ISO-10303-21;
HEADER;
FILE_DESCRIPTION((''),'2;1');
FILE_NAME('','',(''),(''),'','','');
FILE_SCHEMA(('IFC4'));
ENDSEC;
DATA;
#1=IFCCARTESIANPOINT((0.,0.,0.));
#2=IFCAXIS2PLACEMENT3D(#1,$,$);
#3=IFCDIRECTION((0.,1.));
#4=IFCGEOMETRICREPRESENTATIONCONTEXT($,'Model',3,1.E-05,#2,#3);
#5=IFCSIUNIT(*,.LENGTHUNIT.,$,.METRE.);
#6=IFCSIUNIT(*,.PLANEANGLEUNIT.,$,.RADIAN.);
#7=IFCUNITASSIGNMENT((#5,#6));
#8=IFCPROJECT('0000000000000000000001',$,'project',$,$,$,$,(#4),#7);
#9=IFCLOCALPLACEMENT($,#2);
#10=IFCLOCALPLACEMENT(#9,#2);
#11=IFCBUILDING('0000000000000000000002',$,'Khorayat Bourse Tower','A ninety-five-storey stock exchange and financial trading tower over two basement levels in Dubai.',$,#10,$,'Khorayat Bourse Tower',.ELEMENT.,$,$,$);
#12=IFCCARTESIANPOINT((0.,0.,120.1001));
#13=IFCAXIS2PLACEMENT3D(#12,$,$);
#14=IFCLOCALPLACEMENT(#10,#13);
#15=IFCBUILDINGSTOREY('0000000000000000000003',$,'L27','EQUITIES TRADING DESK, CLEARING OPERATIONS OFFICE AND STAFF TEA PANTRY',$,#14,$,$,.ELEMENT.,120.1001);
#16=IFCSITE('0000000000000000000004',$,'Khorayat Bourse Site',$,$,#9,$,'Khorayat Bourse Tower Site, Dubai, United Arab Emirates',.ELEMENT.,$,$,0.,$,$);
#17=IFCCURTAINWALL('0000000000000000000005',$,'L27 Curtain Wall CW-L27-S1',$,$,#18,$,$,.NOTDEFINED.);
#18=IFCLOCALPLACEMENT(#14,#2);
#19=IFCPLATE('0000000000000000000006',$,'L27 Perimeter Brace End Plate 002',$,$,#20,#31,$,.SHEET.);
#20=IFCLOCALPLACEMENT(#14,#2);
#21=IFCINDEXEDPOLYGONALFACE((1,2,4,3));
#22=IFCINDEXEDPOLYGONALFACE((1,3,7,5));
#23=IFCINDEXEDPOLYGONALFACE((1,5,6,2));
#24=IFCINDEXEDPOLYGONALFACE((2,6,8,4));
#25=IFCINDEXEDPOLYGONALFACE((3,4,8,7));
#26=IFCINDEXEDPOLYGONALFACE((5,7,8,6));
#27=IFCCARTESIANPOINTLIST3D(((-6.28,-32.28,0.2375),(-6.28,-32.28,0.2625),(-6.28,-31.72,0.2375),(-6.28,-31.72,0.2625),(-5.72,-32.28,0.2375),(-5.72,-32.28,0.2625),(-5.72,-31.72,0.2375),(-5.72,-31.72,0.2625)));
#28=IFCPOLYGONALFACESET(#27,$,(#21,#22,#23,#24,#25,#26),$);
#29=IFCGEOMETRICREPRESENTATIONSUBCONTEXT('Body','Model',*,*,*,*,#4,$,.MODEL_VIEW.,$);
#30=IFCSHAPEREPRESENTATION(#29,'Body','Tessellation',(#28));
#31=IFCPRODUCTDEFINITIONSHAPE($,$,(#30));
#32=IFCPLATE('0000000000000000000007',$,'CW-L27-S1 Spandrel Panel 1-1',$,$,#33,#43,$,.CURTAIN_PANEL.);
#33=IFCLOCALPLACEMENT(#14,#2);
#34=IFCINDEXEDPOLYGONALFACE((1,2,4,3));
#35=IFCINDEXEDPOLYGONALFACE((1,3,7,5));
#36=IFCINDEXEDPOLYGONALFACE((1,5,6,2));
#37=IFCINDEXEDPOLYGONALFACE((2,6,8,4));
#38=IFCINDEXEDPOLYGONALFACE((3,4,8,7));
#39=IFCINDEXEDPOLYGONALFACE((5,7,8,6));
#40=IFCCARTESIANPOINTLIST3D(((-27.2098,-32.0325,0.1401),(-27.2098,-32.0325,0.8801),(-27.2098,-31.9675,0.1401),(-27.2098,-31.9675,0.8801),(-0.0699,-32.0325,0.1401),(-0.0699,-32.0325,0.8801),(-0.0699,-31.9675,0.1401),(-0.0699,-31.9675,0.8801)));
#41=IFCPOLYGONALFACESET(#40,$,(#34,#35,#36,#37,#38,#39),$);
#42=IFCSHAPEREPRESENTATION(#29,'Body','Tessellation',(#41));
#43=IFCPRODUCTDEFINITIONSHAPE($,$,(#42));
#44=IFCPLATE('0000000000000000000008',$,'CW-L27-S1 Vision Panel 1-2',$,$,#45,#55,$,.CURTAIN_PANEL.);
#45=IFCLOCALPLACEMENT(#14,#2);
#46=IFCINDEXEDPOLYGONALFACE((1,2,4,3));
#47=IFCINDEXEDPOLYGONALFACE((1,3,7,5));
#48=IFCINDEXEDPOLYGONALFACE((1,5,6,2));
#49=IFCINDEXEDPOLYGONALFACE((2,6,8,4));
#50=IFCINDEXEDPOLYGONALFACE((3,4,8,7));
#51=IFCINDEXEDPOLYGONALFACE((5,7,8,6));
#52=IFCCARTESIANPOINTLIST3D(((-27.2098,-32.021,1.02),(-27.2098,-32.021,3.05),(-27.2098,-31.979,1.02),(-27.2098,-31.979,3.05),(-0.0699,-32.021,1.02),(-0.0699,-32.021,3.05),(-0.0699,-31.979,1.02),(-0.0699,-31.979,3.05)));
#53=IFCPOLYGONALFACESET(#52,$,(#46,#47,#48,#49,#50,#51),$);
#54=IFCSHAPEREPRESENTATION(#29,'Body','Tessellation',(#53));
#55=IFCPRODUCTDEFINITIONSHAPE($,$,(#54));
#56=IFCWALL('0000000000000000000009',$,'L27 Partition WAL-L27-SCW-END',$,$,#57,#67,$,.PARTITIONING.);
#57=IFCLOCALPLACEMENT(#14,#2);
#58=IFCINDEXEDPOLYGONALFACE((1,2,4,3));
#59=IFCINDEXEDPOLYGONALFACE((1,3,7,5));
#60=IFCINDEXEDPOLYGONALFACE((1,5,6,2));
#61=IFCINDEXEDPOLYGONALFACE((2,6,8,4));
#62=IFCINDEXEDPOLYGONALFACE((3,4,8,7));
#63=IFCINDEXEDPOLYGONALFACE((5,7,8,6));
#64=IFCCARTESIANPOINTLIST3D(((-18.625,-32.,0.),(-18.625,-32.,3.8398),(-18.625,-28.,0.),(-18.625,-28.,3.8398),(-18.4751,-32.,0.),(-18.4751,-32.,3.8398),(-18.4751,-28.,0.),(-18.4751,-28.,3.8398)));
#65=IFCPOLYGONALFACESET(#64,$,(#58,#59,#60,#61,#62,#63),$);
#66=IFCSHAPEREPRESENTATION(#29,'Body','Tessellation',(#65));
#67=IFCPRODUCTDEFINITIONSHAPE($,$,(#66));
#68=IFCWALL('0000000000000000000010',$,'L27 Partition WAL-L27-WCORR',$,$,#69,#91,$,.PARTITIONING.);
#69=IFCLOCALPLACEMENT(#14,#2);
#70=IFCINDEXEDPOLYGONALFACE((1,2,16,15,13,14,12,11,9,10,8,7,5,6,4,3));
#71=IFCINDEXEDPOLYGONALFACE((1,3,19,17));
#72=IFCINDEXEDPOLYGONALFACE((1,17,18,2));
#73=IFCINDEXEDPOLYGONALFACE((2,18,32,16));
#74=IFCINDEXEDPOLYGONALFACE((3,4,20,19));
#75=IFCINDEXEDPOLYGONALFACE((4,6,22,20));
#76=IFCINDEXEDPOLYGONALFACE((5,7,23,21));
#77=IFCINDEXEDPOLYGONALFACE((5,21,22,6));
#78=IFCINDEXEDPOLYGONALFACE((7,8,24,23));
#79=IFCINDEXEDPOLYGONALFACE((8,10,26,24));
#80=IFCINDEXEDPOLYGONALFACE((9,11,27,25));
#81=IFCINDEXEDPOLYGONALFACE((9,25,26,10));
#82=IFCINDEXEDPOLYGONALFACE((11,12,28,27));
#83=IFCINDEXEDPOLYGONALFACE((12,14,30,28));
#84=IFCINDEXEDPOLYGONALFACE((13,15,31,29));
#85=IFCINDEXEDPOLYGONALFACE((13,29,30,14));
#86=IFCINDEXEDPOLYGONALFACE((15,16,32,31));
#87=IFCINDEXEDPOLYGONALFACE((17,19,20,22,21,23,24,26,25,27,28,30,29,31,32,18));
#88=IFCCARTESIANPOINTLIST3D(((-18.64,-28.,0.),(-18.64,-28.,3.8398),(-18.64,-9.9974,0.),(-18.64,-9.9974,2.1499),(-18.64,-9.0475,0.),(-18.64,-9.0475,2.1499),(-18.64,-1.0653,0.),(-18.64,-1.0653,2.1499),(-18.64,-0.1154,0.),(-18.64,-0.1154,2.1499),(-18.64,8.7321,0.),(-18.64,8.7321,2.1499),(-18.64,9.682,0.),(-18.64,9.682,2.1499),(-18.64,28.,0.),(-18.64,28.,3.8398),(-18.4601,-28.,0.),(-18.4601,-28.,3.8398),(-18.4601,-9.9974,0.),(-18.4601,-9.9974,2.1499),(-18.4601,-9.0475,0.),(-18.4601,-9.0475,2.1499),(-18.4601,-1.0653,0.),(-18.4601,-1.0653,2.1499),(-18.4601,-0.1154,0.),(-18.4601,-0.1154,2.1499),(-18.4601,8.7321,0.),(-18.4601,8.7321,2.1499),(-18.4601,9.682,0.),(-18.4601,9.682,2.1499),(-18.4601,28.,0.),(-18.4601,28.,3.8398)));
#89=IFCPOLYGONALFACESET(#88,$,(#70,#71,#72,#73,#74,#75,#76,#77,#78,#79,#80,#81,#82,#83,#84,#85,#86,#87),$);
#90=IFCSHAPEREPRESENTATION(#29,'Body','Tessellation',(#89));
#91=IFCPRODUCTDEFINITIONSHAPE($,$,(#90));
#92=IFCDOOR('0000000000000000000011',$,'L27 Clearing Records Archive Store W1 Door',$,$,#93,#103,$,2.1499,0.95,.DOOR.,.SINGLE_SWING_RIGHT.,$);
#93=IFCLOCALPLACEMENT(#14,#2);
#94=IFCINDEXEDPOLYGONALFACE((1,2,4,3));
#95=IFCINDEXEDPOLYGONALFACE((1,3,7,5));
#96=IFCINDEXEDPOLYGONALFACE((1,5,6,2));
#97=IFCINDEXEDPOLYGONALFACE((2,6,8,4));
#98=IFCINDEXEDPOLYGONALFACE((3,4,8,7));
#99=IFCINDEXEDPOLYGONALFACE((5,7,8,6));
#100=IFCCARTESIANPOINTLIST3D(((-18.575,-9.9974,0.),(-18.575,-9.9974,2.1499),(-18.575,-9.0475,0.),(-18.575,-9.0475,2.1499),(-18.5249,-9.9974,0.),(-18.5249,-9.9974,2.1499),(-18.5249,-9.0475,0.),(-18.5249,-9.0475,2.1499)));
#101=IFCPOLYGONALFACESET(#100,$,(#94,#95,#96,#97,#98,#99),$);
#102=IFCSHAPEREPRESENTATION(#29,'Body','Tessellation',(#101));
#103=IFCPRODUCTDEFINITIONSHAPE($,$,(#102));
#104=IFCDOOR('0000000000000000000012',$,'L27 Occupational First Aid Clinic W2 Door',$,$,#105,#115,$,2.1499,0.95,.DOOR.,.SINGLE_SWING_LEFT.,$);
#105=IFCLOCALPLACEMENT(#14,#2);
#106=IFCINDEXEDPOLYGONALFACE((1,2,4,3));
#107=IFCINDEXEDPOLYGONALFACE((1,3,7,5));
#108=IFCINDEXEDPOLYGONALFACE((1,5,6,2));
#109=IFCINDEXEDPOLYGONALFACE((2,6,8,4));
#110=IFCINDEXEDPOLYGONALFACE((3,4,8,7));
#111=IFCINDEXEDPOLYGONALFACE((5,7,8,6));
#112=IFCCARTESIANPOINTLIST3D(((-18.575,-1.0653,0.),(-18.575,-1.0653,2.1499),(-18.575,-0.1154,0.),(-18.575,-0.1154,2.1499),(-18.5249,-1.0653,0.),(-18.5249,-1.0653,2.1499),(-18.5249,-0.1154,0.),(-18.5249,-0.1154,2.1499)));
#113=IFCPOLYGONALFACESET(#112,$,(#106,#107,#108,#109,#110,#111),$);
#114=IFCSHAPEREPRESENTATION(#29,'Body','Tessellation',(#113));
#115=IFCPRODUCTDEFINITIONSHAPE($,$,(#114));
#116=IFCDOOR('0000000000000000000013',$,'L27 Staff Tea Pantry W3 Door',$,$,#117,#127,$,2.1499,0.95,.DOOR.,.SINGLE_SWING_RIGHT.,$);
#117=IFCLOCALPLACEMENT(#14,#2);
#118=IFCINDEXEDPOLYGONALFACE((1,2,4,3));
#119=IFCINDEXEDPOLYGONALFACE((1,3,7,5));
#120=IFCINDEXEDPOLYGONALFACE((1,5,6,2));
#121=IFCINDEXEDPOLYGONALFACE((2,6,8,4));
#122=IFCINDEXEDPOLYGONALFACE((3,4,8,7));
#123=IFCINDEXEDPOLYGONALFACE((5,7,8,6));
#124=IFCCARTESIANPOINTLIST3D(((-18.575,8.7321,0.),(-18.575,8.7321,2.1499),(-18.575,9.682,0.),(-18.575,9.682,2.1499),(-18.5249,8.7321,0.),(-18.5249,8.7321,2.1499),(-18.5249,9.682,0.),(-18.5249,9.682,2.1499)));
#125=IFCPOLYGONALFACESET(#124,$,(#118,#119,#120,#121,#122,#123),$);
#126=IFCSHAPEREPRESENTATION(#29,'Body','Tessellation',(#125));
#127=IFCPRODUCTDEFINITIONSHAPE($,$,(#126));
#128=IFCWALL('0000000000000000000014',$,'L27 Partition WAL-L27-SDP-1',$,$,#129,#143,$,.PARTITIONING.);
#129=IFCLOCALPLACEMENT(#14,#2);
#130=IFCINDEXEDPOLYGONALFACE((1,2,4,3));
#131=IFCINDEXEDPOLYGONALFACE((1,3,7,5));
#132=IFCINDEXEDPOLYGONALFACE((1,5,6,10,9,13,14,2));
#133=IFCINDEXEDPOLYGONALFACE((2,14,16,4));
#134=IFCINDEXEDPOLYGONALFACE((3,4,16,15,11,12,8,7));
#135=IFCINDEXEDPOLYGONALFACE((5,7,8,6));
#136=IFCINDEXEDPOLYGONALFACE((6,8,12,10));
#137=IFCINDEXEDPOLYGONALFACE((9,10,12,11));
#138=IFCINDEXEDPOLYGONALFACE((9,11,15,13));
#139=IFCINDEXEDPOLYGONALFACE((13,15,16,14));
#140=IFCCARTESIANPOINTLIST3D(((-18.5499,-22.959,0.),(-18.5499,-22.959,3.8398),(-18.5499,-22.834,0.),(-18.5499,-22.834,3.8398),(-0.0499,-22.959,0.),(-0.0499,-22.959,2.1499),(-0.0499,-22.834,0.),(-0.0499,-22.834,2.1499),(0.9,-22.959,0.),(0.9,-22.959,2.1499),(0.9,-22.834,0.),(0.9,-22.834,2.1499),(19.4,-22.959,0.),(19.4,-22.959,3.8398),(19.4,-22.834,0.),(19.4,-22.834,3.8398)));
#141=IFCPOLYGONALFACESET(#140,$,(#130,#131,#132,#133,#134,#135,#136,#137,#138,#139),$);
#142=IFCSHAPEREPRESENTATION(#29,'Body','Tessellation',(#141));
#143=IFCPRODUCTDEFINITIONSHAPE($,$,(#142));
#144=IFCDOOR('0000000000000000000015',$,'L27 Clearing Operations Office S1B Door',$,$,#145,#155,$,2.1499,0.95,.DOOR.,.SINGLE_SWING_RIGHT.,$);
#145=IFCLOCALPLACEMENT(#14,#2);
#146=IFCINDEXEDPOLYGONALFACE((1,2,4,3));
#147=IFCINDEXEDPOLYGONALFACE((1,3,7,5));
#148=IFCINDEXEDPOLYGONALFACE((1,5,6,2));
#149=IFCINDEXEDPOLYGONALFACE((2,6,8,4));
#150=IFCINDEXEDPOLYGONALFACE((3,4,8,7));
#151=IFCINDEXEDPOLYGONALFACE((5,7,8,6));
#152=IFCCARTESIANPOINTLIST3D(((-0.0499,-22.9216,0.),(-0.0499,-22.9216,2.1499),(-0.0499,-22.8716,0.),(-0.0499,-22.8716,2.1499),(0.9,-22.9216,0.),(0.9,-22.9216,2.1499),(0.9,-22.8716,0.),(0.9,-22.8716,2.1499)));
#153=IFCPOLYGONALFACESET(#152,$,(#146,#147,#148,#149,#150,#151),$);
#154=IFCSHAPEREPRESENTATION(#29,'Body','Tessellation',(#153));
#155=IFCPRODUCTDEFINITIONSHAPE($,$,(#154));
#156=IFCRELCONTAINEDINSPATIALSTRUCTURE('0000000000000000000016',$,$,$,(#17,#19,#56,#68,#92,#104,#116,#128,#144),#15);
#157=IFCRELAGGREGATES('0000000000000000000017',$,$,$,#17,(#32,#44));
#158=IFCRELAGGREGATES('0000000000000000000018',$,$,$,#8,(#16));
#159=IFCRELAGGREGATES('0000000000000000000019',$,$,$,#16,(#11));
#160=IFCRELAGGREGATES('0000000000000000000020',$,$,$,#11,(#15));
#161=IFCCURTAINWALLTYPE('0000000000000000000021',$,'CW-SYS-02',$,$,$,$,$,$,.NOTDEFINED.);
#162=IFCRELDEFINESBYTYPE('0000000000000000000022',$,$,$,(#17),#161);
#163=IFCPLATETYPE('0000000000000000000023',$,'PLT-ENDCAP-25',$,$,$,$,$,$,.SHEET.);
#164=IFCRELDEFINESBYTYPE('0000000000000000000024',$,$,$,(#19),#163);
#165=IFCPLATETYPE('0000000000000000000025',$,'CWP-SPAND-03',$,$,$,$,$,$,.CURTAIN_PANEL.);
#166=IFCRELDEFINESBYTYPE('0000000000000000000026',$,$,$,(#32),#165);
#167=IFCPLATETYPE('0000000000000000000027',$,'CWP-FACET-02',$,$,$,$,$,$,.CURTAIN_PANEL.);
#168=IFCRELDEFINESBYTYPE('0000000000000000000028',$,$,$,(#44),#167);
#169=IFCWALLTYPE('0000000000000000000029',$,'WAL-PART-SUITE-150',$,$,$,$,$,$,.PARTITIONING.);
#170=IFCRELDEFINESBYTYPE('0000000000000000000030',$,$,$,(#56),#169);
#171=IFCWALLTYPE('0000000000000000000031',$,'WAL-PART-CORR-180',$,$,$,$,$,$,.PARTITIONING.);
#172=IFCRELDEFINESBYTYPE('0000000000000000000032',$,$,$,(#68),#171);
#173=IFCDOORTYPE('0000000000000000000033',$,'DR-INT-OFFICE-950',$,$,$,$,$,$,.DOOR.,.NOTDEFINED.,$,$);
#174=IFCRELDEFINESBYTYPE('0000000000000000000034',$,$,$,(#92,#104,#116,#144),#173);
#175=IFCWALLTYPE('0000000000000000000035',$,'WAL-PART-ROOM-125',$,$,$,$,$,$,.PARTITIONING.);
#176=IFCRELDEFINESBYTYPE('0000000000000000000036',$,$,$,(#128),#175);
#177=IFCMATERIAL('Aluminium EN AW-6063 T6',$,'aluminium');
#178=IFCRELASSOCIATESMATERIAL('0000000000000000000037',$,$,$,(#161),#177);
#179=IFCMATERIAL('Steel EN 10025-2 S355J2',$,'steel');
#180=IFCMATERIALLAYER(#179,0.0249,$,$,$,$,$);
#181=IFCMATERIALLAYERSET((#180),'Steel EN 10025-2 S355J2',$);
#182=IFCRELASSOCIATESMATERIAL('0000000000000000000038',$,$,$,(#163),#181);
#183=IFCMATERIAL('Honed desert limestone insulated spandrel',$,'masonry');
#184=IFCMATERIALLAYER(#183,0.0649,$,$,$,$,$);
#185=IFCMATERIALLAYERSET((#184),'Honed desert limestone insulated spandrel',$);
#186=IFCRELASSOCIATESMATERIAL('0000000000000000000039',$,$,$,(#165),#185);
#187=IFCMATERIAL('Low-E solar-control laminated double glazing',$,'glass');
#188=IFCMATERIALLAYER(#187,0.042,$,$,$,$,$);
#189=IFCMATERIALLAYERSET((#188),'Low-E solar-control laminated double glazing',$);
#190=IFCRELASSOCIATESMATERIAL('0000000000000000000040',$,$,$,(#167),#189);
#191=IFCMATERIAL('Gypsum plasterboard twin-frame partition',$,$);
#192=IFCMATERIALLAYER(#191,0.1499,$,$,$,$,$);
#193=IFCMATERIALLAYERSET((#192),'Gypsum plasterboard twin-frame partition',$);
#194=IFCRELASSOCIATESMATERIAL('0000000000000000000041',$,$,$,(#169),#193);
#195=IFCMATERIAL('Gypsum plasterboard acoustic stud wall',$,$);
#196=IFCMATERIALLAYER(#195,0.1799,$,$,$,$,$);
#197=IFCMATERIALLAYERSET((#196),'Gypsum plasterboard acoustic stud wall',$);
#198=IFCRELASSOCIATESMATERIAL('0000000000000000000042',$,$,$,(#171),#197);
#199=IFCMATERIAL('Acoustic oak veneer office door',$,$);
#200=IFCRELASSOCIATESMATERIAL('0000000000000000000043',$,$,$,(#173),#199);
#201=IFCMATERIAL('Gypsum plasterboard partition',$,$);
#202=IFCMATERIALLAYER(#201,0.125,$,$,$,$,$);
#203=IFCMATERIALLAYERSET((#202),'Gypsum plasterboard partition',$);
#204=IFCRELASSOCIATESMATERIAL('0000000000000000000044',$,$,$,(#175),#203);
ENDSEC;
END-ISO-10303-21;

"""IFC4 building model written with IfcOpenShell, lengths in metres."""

from ifc_helpers import new_model, si_unit, direction, frame, frame_2d, origin, origin_2d, place, context, subcontext, project, spatial, rectangle, extrude, source, transform, mapped, material, layer, layer_set, type_object, element, fill, aggregate, save


model = new_model("IFC4")

# Units and contexts
model_context = context("Model", 3, precision=1e-05, world=origin(), true_north=direction((0.0, 1.0)))
body_context = subcontext(model_context, "Body", "Model", "MODEL_VIEW")
ifc_project = project(units=[si_unit("LENGTHUNIT", "METRE"), si_unit("PLANEANGLEUNIT", "RADIAN")], contexts=[model_context])

# Site, building, storey
site_placement = place(None, origin())
site = spatial("IfcSite", under=ifc_project, at=site_placement, Name="Khorayat Bourse Site", LongName="Khorayat Bourse Tower Site, Dubai, United Arab Emirates", CompositionType="ELEMENT", RefElevation=0.0)
building_placement = place(site_placement, origin())
building = spatial("IfcBuilding", under=site, at=building_placement, Name="Khorayat Bourse Tower", Description="A ninety-five-storey stock exchange and financial trading tower over two basement levels in Dubai.", LongName="Khorayat Bourse Tower", CompositionType="ELEMENT")
storey_placement = place(building_placement, frame((0.0, 0.0, 120.1001)))
storey = spatial("IfcBuildingStorey", under=building, at=storey_placement, Name="L27", Description="EQUITIES TRADING DESK, CLEARING OPERATIONS OFFICE AND STAFF TEA PANTRY", CompositionType="ELEMENT", Elevation=120.1001)

# Curtain wall
ifc_material_1 = material(Name="Aluminium EN AW-6063 T6", Category="aluminium")
curtain_wall_type = type_object("IfcCurtainWallType", Name="CW-SYS-02", PredefinedType="NOTDEFINED", material=ifc_material_1)
curtain_wall_placement = place(storey_placement, origin())
curtain_wall = element("IfcCurtainWall", 1, at=curtain_wall_placement, inside=storey, type_object=curtain_wall_type, Name="L27 Curtain Wall CW-L27-S1", PredefinedType="NOTDEFINED")

# Plate
ifc_material_2 = material(Name="Steel EN 10025-2 S355J2", Category="steel")
ifc_layer_1 = layer(ifc_material_2, 0.0249)
ifc_layer_set_1 = layer_set([ifc_layer_1], Name="Steel EN 10025-2 S355J2")
plate_type_1 = type_object("IfcPlateType", Name="PLT-ENDCAP-25", PredefinedType="SHEET", material=ifc_layer_set_1)
shared_shape_1 = source(origin(), body_context, "Body", "SweptSolid", [
    extrude(rectangle(XDim=0.5601, YDim=0.5601, at=origin_2d()), origin(), (0.0, 0.0, 1.0), 0.0249),
])
for number, where, z_axis, x_axis, name in (
    (2, (-6.0, -32.0, 0.2375), (0.0, 0.0, 1.0), (1.0, 0.0, 0.0), "L27 Perimeter Brace End Plate 002"),
):
    element("IfcPlate", number, at=place(storey_placement, frame(where, z_axis=z_axis, x_axis=x_axis)), inside=storey, type_object=plate_type_1, Name=name, PredefinedType="SHEET", context=body_context, shape_type="MappedRepresentation", body=[
        mapped(shared_shape_1, transform((0.0, 0.0, 0.0), scale=1.0)),
    ])

# Plates
ifc_material_3 = material(Name="Honed desert limestone insulated spandrel", Category="masonry")
ifc_layer_2 = layer(ifc_material_3, 0.0649)
ifc_layer_set_2 = layer_set([ifc_layer_2], Name="Honed desert limestone insulated spandrel")
plate_type_2 = type_object("IfcPlateType", Name="CWP-SPAND-03", PredefinedType="CURTAIN_PANEL", material=ifc_layer_set_2)
shared_shape_2 = source(origin(), body_context, "Body", "SweptSolid", [
    extrude(rectangle(XDim=27.1399, YDim=0.0649, at=origin_2d()), origin(), (0.0, 0.0, 1.0), 0.74),
])
plate_1_placement = place(storey_placement, frame((-13.6399, -32.0, 0.1401), z_axis=(0.0, 0.0, 1.0), x_axis=(1.0, 0.0, 0.0)))
plate_1 = element("IfcPlate", 3, at=plate_1_placement, type_object=plate_type_2, Name="CW-L27-S1 Spandrel Panel 1-1", PredefinedType="CURTAIN_PANEL", context=body_context, shape_type="MappedRepresentation", body=[
    mapped(shared_shape_2, transform((0.0, 0.0, 0.0), scale=1.0)),
])
ifc_material_4 = material(Name="Low-E solar-control laminated double glazing", Category="glass")
ifc_layer_3 = layer(ifc_material_4, 0.042)
ifc_layer_set_3 = layer_set([ifc_layer_3], Name="Low-E solar-control laminated double glazing")
plate_type_3 = type_object("IfcPlateType", Name="CWP-FACET-02", PredefinedType="CURTAIN_PANEL", material=ifc_layer_set_3)
shared_shape_3 = source(origin(), body_context, "Body", "SweptSolid", [
    extrude(rectangle(XDim=27.1399, YDim=0.042, at=origin_2d()), origin(), (0.0, 0.0, 1.0), 2.03),
])
plate_2_placement = place(storey_placement, frame((-13.6399, -32.0, 1.02), z_axis=(0.0, 0.0, 1.0), x_axis=(1.0, 0.0, 0.0)))
plate_2 = element("IfcPlate", 4, at=plate_2_placement, type_object=plate_type_3, Name="CW-L27-S1 Vision Panel 1-2", PredefinedType="CURTAIN_PANEL", context=body_context, shape_type="MappedRepresentation", body=[
    mapped(shared_shape_3, transform((0.0, 0.0, 0.0), scale=1.0)),
])
aggregate(curtain_wall, [plate_1, plate_2])

# Wall
ifc_material_5 = material(Name="Gypsum plasterboard twin-frame partition")
ifc_layer_4 = layer(ifc_material_5, 0.1499)
ifc_layer_set_4 = layer_set([ifc_layer_4], Name="Gypsum plasterboard twin-frame partition")
wall_type_1 = type_object("IfcWallType", Name="WAL-PART-SUITE-150", PredefinedType="PARTITIONING", material=ifc_layer_set_4)
shared_shape_4 = source(origin(), body_context, "Body", "SweptSolid", [
    extrude(rectangle(XDim=4.0, YDim=0.1499, at=frame_2d((2.0, 0.0))), origin(), (0.0, 0.0, 1.0), 3.8398),
])
wall_1_placement = place(storey_placement, frame((-18.55, -32.0, 0.0), z_axis=(0.0, 0.0, 1.0), x_axis=(0.0, 1.0, 0.0)))
element("IfcWall", 5, at=wall_1_placement, inside=storey, type_object=wall_type_1, Name="L27 Partition WAL-L27-SCW-END", PredefinedType="PARTITIONING", context=body_context, shape_type="MappedRepresentation", body=[
    mapped(shared_shape_4, transform((0.0, 0.0, 0.0), scale=1.0)),
])

# Wall, openings, doors
ifc_material_6 = material(Name="Gypsum plasterboard acoustic stud wall")
ifc_layer_5 = layer(ifc_material_6, 0.1799)
ifc_layer_set_5 = layer_set([ifc_layer_5], Name="Gypsum plasterboard acoustic stud wall")
wall_type_2 = type_object("IfcWallType", Name="WAL-PART-CORR-180", PredefinedType="PARTITIONING", material=ifc_layer_set_5)
shared_shape_5 = source(origin(), body_context, "Body", "SweptSolid", [
    extrude(rectangle(XDim=56.0, YDim=0.1799, at=frame_2d((28.0, 0.0))), origin(), (0.0, 0.0, 1.0), 3.8398),
])
wall_2_placement = place(storey_placement, frame((-18.55, -28.0, 0.0), z_axis=(0.0, 0.0, 1.0), x_axis=(0.0, 1.0, 0.0)))
wall_2 = element("IfcWall", 6, at=wall_2_placement, inside=storey, type_object=wall_type_2, Name="L27 Partition WAL-L27-WCORR", PredefinedType="PARTITIONING", context=body_context, shape_type="MappedRepresentation", body=[
    mapped(shared_shape_5, transform((0.0, 0.0, 0.0), scale=1.0)),
])
shared_shape_6 = source(origin(), body_context, "Body", "SweptSolid", [
    extrude(rectangle(XDim=0.95, YDim=2.1499, at=frame_2d((0.4751, 1.075))), frame((0.0, 0.0999, 0.0), z_axis=(0.0, -1.0, 0.0), x_axis=(1.0, 0.0, 0.0)), (0.0, 0.0, 1.0), 0.2),
])
opening_1_placement = place(wall_2_placement, frame((18.0024, 0.0, 0.0)))
opening_1 = element("IfcOpeningElement", 7, at=opening_1_placement, cuts=wall_2, PredefinedType="OPENING", context=body_context, shape_type="MappedRepresentation", body=[
    mapped(shared_shape_6, transform((0.0, 0.0, 0.0), scale=1.0)),
])
opening_2_placement = place(wall_2_placement, frame((26.9346, 0.0, 0.0)))
opening_2 = element("IfcOpeningElement", 8, at=opening_2_placement, cuts=wall_2, PredefinedType="OPENING", context=body_context, shape_type="MappedRepresentation", body=[
    mapped(shared_shape_6, transform((0.0, 0.0, 0.0), scale=1.0)),
])
opening_3_placement = place(wall_2_placement, frame((36.7319, 0.0, 0.0)))
opening_3 = element("IfcOpeningElement", 9, at=opening_3_placement, cuts=wall_2, PredefinedType="OPENING", context=body_context, shape_type="MappedRepresentation", body=[
    mapped(shared_shape_6, transform((0.0, 0.0, 0.0), scale=1.0)),
])
ifc_material_7 = material(Name="Acoustic oak veneer office door")
door_type_1 = type_object("IfcDoorType", Name="DR-INT-OFFICE-950", OperationType="NOTDEFINED", PredefinedType="DOOR", material=ifc_material_7)
shared_shape_7 = source(origin(), body_context, "Body", "SweptSolid", [
    extrude(rectangle(XDim=0.95, YDim=2.1499, at=frame_2d((0.4751, 1.075))), frame((0.0, 0.0249, 0.0), z_axis=(0.0, -1.0, 0.0), x_axis=(1.0, 0.0, 0.0)), (0.0, 0.0, 1.0), 0.05),
])
door_1_placement = place(opening_1_placement, origin())
door_1 = element("IfcDoor", 10, at=door_1_placement, inside=storey, type_object=door_type_1, Name="L27 Clearing Records Archive Store W1 Door", OperationType="SINGLE_SWING_RIGHT", OverallHeight=2.1499, OverallWidth=0.95, PredefinedType="DOOR", context=body_context, shape_type="MappedRepresentation", body=[
    mapped(shared_shape_7, transform((0.0, 0.0, 0.0), scale=1.0)),
])
fill(opening_1, door_1)
door_2_placement = place(opening_2_placement, origin())
door_2 = element("IfcDoor", 11, at=door_2_placement, inside=storey, type_object=door_type_1, Name="L27 Occupational First Aid Clinic W2 Door", OperationType="SINGLE_SWING_LEFT", OverallHeight=2.1499, OverallWidth=0.95, PredefinedType="DOOR", context=body_context, shape_type="MappedRepresentation", body=[
    mapped(shared_shape_7, transform((0.0, 0.0, 0.0), scale=1.0)),
])
fill(opening_2, door_2)
door_3_placement = place(opening_3_placement, origin())
door_3 = element("IfcDoor", 12, at=door_3_placement, inside=storey, type_object=door_type_1, Name="L27 Staff Tea Pantry W3 Door", OperationType="SINGLE_SWING_RIGHT", OverallHeight=2.1499, OverallWidth=0.95, PredefinedType="DOOR", context=body_context, shape_type="MappedRepresentation", body=[
    mapped(shared_shape_7, transform((0.0, 0.0, 0.0), scale=1.0)),
])
fill(opening_3, door_3)

# Wall, opening, door
ifc_material_8 = material(Name="Gypsum plasterboard partition")
ifc_layer_6 = layer(ifc_material_8, 0.125)
ifc_layer_set_6 = layer_set([ifc_layer_6], Name="Gypsum plasterboard partition")
wall_type_3 = type_object("IfcWallType", Name="WAL-PART-ROOM-125", PredefinedType="PARTITIONING", material=ifc_layer_set_6)
shared_shape_8 = source(origin(), body_context, "Body", "SweptSolid", [
    extrude(rectangle(XDim=37.95, YDim=0.125, at=frame_2d((18.9751, 0.0))), origin(), (0.0, 0.0, 1.0), 3.8398),
])
wall_3_placement = place(storey_placement, frame((-18.55, -22.8965, 0.0), z_axis=(0.0, 0.0, 1.0), x_axis=(1.0, 0.0, 0.0)))
wall_3 = element("IfcWall", 13, at=wall_3_placement, inside=storey, type_object=wall_type_3, Name="L27 Partition WAL-L27-SDP-1", PredefinedType="PARTITIONING", context=body_context, shape_type="MappedRepresentation", body=[
    mapped(shared_shape_8, transform((0.0, 0.0, 0.0), scale=1.0)),
])
shared_shape_9 = source(origin(), body_context, "Body", "SweptSolid", [
    extrude(rectangle(XDim=0.95, YDim=2.1499, at=frame_2d((0.4751, 1.075))), frame((0.0, 0.0725, 0.0), z_axis=(0.0, -1.0, 0.0), x_axis=(1.0, 0.0, 0.0)), (0.0, 0.0, 1.0), 0.145),
])
opening_4_placement = place(wall_3_placement, frame((18.5, 0.0, 0.0)))
opening_4 = element("IfcOpeningElement", 14, at=opening_4_placement, cuts=wall_3, PredefinedType="OPENING", context=body_context, shape_type="MappedRepresentation", body=[
    mapped(shared_shape_9, transform((0.0, 0.0, 0.0), scale=1.0)),
])
door_4_placement = place(opening_4_placement, origin())
door_4 = element("IfcDoor", 15, at=door_4_placement, inside=storey, type_object=door_type_1, Name="L27 Clearing Operations Office S1B Door", OperationType="SINGLE_SWING_RIGHT", OverallHeight=2.1499, OverallWidth=0.95, PredefinedType="DOOR", context=body_context, shape_type="MappedRepresentation", body=[
    mapped(shared_shape_7, transform((0.0, 0.0, 0.0), scale=1.0)),
])
fill(opening_4, door_4)

save(model, "model.ifc")
